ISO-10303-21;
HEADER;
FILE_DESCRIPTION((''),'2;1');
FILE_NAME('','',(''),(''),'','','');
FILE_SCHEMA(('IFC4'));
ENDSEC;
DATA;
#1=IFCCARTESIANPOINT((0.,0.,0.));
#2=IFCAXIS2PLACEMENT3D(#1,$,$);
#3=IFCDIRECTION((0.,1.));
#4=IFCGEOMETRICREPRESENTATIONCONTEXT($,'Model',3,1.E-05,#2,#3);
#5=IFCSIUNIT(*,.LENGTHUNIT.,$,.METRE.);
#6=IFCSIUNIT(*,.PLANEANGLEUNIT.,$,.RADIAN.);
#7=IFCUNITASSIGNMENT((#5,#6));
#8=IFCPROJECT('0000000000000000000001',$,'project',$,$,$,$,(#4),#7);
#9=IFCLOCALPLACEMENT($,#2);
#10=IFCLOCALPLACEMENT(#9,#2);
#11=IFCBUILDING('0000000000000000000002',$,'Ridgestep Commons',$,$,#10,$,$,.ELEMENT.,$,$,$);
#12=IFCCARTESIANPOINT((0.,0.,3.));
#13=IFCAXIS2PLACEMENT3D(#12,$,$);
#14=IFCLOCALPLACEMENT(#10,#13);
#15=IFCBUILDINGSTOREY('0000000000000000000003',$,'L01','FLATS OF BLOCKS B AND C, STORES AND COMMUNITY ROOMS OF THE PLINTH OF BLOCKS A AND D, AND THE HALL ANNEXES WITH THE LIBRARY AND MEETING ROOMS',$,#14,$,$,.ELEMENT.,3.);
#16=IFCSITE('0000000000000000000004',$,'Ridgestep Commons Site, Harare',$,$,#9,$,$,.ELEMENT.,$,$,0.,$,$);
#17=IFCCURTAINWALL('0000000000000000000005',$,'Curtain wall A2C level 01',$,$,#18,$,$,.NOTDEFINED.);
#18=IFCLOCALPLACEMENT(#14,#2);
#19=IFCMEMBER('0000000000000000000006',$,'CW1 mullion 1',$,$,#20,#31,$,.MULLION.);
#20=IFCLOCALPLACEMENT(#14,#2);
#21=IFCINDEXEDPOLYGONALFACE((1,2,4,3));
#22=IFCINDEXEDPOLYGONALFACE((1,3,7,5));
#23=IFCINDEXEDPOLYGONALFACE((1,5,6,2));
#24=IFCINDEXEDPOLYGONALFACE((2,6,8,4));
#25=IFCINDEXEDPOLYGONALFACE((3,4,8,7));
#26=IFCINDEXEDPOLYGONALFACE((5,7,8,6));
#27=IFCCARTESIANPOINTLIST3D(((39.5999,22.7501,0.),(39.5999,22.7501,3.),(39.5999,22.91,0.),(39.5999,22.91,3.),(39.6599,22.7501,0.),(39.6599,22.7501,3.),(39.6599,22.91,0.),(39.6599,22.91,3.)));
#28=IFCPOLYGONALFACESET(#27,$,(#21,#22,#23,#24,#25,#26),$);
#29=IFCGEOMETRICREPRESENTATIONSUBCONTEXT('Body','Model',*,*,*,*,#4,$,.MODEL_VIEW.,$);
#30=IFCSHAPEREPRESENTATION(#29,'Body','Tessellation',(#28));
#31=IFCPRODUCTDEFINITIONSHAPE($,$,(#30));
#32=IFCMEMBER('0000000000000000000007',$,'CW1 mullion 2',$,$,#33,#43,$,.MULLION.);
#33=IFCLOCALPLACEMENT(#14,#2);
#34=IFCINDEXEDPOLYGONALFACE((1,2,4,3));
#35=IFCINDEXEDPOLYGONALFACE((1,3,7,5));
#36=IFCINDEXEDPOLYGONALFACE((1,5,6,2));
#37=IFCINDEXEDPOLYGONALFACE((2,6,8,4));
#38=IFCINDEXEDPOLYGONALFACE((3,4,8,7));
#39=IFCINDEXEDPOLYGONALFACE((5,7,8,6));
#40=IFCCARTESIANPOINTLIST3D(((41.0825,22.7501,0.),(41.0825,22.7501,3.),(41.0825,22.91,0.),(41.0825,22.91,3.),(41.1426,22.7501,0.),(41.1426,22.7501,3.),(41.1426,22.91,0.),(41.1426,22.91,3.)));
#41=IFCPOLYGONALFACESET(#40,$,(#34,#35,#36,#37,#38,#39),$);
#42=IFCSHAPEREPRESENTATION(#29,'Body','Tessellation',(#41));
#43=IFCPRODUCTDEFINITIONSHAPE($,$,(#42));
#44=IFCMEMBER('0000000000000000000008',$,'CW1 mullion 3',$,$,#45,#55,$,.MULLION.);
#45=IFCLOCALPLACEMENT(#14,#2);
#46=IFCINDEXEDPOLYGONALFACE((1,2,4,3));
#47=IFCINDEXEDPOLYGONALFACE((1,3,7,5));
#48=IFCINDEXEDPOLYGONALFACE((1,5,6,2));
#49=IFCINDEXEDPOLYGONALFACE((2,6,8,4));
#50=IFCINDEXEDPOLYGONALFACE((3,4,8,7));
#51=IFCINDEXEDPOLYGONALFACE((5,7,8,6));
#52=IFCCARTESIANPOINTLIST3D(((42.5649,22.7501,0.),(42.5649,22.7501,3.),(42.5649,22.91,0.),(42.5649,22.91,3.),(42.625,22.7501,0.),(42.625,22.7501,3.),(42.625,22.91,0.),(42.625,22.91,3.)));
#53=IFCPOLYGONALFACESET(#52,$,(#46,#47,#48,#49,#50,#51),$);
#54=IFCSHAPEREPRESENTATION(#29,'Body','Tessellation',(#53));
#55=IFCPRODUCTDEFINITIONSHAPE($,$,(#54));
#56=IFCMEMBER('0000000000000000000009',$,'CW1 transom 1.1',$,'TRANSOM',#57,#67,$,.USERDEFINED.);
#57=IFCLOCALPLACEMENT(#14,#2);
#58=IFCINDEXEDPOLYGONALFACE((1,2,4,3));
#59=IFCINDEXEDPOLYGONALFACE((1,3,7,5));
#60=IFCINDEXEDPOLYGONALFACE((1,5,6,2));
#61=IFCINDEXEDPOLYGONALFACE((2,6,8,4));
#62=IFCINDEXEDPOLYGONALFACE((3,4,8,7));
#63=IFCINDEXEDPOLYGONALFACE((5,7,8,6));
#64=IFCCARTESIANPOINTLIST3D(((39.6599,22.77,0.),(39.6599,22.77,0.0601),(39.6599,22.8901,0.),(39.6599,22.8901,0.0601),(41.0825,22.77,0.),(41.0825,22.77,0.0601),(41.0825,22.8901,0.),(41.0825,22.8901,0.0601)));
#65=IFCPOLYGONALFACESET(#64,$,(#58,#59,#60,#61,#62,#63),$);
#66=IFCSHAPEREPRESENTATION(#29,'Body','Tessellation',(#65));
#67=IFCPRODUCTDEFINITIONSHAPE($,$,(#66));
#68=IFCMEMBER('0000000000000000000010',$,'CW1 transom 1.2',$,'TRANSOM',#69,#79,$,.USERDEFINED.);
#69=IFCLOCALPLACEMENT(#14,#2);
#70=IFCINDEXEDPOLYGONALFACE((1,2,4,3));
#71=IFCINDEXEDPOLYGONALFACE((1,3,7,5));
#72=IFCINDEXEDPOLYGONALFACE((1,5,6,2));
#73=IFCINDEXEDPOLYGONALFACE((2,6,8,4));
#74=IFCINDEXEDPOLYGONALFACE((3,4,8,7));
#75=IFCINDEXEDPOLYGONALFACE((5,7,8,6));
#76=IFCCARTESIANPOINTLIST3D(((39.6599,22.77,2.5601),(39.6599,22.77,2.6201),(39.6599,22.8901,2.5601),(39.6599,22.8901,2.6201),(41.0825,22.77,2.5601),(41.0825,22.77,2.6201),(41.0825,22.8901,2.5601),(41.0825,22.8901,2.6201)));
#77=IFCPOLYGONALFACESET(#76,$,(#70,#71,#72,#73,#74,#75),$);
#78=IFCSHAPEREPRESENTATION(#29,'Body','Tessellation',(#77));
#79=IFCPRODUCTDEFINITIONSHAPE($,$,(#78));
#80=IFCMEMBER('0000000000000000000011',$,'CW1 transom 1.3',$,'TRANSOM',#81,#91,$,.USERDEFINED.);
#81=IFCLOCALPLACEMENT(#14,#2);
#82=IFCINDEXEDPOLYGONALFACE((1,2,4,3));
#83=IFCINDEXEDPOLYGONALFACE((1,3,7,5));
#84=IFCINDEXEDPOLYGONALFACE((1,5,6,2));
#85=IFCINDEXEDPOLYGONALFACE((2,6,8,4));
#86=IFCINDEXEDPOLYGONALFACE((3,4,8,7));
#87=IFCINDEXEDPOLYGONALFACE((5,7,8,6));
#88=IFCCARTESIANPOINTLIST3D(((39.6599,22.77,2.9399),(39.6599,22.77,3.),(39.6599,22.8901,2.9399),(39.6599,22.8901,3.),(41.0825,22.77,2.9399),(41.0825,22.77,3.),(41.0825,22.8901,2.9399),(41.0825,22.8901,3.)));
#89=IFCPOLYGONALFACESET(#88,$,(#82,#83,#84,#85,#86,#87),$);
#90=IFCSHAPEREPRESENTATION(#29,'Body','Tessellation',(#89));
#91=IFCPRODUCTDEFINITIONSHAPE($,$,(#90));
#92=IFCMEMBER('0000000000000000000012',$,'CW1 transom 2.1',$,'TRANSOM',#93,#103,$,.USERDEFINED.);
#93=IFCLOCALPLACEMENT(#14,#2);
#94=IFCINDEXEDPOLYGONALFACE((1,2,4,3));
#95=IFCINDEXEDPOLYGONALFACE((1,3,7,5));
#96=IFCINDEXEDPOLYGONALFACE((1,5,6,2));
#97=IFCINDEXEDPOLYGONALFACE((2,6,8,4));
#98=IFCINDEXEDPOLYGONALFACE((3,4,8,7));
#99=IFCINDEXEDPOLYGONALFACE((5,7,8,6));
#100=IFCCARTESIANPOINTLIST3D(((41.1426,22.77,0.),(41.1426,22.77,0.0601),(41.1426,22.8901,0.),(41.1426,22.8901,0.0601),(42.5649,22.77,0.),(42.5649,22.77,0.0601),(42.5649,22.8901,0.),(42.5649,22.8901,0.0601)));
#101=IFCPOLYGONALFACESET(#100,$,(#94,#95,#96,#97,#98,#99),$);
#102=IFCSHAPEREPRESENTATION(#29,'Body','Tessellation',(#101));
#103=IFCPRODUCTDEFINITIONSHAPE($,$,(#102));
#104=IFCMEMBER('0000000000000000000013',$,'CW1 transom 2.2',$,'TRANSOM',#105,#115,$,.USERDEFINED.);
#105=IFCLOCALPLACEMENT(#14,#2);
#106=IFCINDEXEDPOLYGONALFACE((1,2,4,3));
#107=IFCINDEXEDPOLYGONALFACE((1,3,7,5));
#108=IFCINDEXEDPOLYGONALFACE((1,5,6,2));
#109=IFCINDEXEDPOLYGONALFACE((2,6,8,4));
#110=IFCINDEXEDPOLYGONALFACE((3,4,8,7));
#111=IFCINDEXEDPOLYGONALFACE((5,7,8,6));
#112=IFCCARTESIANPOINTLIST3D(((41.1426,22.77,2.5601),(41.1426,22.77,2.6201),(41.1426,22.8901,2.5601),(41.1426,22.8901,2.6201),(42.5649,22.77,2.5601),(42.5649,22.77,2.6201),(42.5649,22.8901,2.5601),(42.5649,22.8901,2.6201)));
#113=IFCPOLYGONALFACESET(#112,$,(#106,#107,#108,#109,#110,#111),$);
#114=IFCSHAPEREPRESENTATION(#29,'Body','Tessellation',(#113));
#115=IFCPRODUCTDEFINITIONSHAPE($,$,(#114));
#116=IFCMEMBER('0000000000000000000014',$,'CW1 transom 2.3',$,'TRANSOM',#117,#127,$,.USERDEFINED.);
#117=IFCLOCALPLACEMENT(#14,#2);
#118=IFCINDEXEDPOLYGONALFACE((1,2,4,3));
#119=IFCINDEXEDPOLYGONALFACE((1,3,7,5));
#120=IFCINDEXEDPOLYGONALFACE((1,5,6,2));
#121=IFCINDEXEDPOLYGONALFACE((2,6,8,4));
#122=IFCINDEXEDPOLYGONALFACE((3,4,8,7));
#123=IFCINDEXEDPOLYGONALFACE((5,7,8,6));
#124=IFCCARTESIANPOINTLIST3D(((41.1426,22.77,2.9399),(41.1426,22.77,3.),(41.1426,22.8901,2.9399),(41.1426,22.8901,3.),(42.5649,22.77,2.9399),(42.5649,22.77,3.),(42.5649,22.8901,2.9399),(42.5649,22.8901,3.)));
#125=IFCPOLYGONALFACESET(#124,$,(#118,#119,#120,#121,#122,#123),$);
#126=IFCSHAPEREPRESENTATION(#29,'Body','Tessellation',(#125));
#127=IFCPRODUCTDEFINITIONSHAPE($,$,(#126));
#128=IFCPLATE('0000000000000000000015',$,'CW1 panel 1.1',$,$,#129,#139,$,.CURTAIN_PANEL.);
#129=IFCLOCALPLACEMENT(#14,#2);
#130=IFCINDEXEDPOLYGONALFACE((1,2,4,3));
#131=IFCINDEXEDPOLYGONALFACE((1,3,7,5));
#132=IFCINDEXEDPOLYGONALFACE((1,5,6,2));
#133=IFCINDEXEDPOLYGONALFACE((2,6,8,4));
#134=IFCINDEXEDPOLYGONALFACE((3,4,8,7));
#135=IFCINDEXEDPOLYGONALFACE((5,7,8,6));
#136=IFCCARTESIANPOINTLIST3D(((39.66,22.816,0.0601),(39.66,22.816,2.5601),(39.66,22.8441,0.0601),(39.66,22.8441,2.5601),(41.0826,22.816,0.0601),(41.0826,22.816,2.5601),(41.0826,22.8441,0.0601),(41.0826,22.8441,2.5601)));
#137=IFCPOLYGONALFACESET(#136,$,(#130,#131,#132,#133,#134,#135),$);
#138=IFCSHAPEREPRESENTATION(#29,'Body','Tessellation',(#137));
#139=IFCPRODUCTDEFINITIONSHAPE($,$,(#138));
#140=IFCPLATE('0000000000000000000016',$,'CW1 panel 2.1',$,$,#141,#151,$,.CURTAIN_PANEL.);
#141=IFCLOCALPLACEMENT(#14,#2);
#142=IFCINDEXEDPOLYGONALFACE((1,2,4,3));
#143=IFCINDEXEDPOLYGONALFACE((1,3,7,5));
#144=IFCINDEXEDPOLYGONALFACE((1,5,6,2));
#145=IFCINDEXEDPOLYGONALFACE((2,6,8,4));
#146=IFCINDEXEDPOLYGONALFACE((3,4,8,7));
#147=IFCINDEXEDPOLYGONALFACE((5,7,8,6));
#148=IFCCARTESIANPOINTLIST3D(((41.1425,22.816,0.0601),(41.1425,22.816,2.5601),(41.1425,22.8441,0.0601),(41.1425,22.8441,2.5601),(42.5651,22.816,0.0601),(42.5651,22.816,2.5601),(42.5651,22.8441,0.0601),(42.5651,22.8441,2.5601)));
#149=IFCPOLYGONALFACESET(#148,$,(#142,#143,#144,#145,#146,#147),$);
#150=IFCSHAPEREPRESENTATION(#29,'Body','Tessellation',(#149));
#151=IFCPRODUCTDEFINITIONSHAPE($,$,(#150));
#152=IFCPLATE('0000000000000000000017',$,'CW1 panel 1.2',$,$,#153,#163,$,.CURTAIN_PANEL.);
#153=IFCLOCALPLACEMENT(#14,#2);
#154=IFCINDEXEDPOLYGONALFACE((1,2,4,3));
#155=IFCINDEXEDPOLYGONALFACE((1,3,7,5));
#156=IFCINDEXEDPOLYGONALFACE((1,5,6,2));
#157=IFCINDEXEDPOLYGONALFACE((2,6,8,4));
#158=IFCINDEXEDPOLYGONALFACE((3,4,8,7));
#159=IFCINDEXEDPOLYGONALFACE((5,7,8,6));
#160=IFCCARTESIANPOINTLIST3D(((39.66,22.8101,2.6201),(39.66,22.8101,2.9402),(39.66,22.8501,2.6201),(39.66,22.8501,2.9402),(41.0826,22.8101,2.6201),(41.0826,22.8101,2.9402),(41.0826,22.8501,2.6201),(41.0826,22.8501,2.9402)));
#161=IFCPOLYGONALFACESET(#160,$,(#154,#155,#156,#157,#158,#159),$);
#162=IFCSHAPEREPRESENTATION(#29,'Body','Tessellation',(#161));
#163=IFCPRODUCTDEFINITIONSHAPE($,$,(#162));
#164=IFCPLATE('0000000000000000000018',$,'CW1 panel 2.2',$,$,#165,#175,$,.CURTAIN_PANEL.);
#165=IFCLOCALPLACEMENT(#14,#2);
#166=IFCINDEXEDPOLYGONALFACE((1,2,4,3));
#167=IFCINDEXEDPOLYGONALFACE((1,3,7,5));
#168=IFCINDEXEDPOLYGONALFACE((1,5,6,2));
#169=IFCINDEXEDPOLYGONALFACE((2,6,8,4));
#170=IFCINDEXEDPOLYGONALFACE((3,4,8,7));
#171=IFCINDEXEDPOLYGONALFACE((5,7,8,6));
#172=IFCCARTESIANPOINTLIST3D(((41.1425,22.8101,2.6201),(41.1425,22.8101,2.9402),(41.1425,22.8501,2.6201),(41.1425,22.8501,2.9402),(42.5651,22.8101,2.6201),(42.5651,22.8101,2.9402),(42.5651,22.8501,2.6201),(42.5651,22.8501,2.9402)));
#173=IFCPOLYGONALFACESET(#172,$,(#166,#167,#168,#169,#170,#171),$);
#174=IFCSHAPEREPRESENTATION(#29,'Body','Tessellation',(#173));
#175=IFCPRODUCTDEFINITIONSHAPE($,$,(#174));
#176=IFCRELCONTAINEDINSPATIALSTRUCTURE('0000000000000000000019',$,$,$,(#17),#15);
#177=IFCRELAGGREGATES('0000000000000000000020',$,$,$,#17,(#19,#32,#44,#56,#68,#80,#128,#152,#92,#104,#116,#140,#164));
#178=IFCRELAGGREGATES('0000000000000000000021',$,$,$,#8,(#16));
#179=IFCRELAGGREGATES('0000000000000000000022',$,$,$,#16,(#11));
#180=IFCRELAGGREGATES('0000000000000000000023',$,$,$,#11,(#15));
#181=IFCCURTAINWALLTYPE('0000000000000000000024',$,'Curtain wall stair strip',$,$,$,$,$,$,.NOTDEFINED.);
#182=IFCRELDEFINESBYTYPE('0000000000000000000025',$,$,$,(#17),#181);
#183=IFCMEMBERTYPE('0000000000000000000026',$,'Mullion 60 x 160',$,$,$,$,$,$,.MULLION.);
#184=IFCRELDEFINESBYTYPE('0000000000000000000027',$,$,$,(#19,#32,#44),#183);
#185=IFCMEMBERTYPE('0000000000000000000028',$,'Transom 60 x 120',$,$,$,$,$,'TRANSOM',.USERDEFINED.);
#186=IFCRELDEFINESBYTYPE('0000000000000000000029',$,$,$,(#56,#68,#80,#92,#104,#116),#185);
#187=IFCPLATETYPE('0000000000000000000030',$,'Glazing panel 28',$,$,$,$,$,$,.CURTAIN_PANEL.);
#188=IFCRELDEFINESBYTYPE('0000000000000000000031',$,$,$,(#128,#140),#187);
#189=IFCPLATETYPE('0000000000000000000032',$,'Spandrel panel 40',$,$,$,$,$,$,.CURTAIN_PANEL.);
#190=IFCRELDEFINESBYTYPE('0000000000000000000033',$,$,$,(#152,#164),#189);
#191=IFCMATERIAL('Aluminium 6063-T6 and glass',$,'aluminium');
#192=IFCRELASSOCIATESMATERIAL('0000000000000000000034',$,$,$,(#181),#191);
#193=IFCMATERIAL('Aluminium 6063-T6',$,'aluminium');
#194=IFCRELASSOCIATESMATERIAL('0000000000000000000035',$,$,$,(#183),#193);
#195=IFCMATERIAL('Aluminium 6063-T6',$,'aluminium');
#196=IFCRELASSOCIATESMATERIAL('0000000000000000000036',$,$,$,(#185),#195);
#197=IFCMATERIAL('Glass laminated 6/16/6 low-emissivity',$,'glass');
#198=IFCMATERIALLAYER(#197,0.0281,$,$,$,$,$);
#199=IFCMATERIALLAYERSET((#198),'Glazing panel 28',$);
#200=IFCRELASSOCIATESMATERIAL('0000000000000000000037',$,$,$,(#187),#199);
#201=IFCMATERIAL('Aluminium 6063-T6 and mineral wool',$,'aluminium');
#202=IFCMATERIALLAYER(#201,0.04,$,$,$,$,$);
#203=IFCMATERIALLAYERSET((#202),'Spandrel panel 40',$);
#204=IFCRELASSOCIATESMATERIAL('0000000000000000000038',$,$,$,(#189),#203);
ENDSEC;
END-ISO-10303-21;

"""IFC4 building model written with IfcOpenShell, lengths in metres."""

from ifc_helpers import new_model, si_unit, direction, frame, origin, origin_2d, place, context, subcontext, project, spatial, rectangle, extrude, material, layer, layer_set, material_profile, profile_set, type_object, element, aggregate, save


model = new_model("IFC4")

# Units and contexts
model_context = context("Model", 3, precision=1e-05, world=origin(), true_north=direction((0.0, 1.0)))
body_context = subcontext(model_context, "Body", "Model", "MODEL_VIEW")
ifc_project = project(units=[si_unit("LENGTHUNIT", "METRE"), si_unit("PLANEANGLEUNIT", "RADIAN")], contexts=[model_context])

# Site, building, storey
site_placement = place(None, origin())
site = spatial("IfcSite", under=ifc_project, at=site_placement, Name="Ridgestep Commons Site, Harare", CompositionType="ELEMENT", RefElevation=0.0)
building_placement = place(site_placement, origin())
building = spatial("IfcBuilding", under=site, at=building_placement, Name="Ridgestep Commons", CompositionType="ELEMENT")
storey_placement = place(building_placement, frame((0.0, 0.0, 3.0)))
storey = spatial("IfcBuildingStorey", under=building, at=storey_placement, Name="L01", Description="FLATS OF BLOCKS B AND C, STORES AND COMMUNITY ROOMS OF THE PLINTH OF BLOCKS A AND D, AND THE HALL ANNEXES WITH THE LIBRARY AND MEETING ROOMS", CompositionType="ELEMENT", Elevation=3.0)

# Curtain wall, members, plates
ifc_material_1 = material(Name="Aluminium 6063-T6 and glass", Category="aluminium")
curtain_wall_type = type_object("IfcCurtainWallType", Name="Curtain wall stair strip", PredefinedType="NOTDEFINED", material=ifc_material_1)
curtain_wall_placement = place(storey_placement, origin())
curtain_wall = element("IfcCurtainWall", 1, at=curtain_wall_placement, inside=storey, type_object=curtain_wall_type, Name="Curtain wall A2C level 01", PredefinedType="NOTDEFINED")
ifc_material_2 = material(Name="Aluminium 6063-T6", Category="aluminium")
ifc_material_profile_1 = material_profile(ifc_material_2, rectangle(XDim=0.1599, YDim=0.0601, at=origin_2d()), Name="Mullion 60 x 160")
ifc_profile_set_1 = profile_set([ifc_material_profile_1], Name="Aluminium 6063-T6")
member_type_1 = type_object("IfcMemberType", Name="Mullion 60 x 160", PredefinedType="MULLION", material=ifc_profile_set_1)
member_1_placement = place(storey_placement, frame((39.6299, 22.8301, 0.0), z_axis=(0.0, 0.0, 1.0), x_axis=(0.0, 1.0, 0.0)))
member_1 = element("IfcMember", 2, at=member_1_placement, type_object=member_type_1, Name="CW1 mullion 1", PredefinedType="MULLION", context=body_context, shape_type="SweptSolid", body=[
    extrude(rectangle(XDim=0.1599, YDim=0.0601, at=origin_2d()), origin(), (0.0, 0.0, 1.0), 3.0),
])
member_2_placement = place(storey_placement, frame((41.1125, 22.8301, 0.0), z_axis=(0.0, 0.0, 1.0), x_axis=(0.0, 1.0, 0.0)))
member_2 = element("IfcMember", 3, at=member_2_placement, type_object=member_type_1, Name="CW1 mullion 2", PredefinedType="MULLION", context=body_context, shape_type="SweptSolid", body=[
    extrude(rectangle(XDim=0.1599, YDim=0.0601, at=origin_2d()), origin(), (0.0, 0.0, 1.0), 3.0),
])
member_3_placement = place(storey_placement, frame((42.595, 22.8301, 0.0), z_axis=(0.0, 0.0, 1.0), x_axis=(0.0, 1.0, 0.0)))
member_3 = element("IfcMember", 4, at=member_3_placement, type_object=member_type_1, Name="CW1 mullion 3", PredefinedType="MULLION", context=body_context, shape_type="SweptSolid", body=[
    extrude(rectangle(XDim=0.1599, YDim=0.0601, at=origin_2d()), origin(), (0.0, 0.0, 1.0), 3.0),
])
ifc_material_3 = material(Name="Aluminium 6063-T6", Category="aluminium")
ifc_material_profile_2 = material_profile(ifc_material_3, rectangle(XDim=0.1201, YDim=0.0601, at=origin_2d()), Name="Transom 60 x 120")
ifc_profile_set_2 = profile_set([ifc_material_profile_2], Name="Aluminium 6063-T6")
member_type_2 = type_object("IfcMemberType", Name="Transom 60 x 120", ElementType="TRANSOM", PredefinedType="USERDEFINED", material=ifc_profile_set_2)
member_4_placement = place(storey_placement, frame((39.6599, 22.8301, 0.03), z_axis=(1.0, 0.0, 0.0), x_axis=(0.0, 1.0, 0.0)))
member_4 = element("IfcMember", 5, at=member_4_placement, type_object=member_type_2, Name="CW1 transom 1.1", ObjectType="TRANSOM", PredefinedType="USERDEFINED", context=body_context, shape_type="SweptSolid", body=[
    extrude(rectangle(XDim=0.1201, YDim=0.0601, at=origin_2d()), origin(), (0.0, 0.0, 1.0), 1.4226),
])
member_5_placement = place(storey_placement, frame((39.6599, 22.8301, 2.5901), z_axis=(1.0, 0.0, 0.0), x_axis=(0.0, 1.0, 0.0)))
member_5 = element("IfcMember", 6, at=member_5_placement, type_object=member_type_2, Name="CW1 transom 1.2", ObjectType="TRANSOM", PredefinedType="USERDEFINED", context=body_context, shape_type="SweptSolid", body=[
    extrude(rectangle(XDim=0.1201, YDim=0.0601, at=origin_2d()), origin(), (0.0, 0.0, 1.0), 1.4226),
])
member_6_placement = place(storey_placement, frame((39.6599, 22.8301, 2.97), z_axis=(1.0, 0.0, 0.0), x_axis=(0.0, 1.0, 0.0)))
member_6 = element("IfcMember", 7, at=member_6_placement, type_object=member_type_2, Name="CW1 transom 1.3", ObjectType="TRANSOM", PredefinedType="USERDEFINED", context=body_context, shape_type="SweptSolid", body=[
    extrude(rectangle(XDim=0.1201, YDim=0.0601, at=origin_2d()), origin(), (0.0, 0.0, 1.0), 1.4226),
])
member_7_placement = place(storey_placement, frame((41.1426, 22.8301, 0.03), z_axis=(1.0, 0.0, 0.0), x_axis=(0.0, 1.0, 0.0)))
member_7 = element("IfcMember", 8, at=member_7_placement, type_object=member_type_2, Name="CW1 transom 2.1", ObjectType="TRANSOM", PredefinedType="USERDEFINED", context=body_context, shape_type="SweptSolid", body=[
    extrude(rectangle(XDim=0.1201, YDim=0.0601, at=origin_2d()), origin(), (0.0, 0.0, 1.0), 1.4224),
])
member_8_placement = place(storey_placement, frame((41.1426, 22.8301, 2.5901), z_axis=(1.0, 0.0, 0.0), x_axis=(0.0, 1.0, 0.0)))
member_8 = element("IfcMember", 9, at=member_8_placement, type_object=member_type_2, Name="CW1 transom 2.2", ObjectType="TRANSOM", PredefinedType="USERDEFINED", context=body_context, shape_type="SweptSolid", body=[
    extrude(rectangle(XDim=0.1201, YDim=0.0601, at=origin_2d()), origin(), (0.0, 0.0, 1.0), 1.4224),
])
member_9_placement = place(storey_placement, frame((41.1426, 22.8301, 2.97), z_axis=(1.0, 0.0, 0.0), x_axis=(0.0, 1.0, 0.0)))
member_9 = element("IfcMember", 10, at=member_9_placement, type_object=member_type_2, Name="CW1 transom 2.3", ObjectType="TRANSOM", PredefinedType="USERDEFINED", context=body_context, shape_type="SweptSolid", body=[
    extrude(rectangle(XDim=0.1201, YDim=0.0601, at=origin_2d()), origin(), (0.0, 0.0, 1.0), 1.4224),
])
ifc_material_4 = material(Name="Glass laminated 6/16/6 low-emissivity", Category="glass")
ifc_layer_1 = layer(ifc_material_4, 0.0281)
ifc_layer_set_1 = layer_set([ifc_layer_1], Name="Glazing panel 28")
plate_type_1 = type_object("IfcPlateType", Name="Glazing panel 28", PredefinedType="CURTAIN_PANEL", material=ifc_layer_set_1)
plate_1_placement = place(storey_placement, frame((40.3713, 22.8301, 0.0601), z_axis=(0.0, 0.0, 1.0), x_axis=(1.0, 0.0, 0.0)))
plate_1 = element("IfcPlate", 11, at=plate_1_placement, type_object=plate_type_1, Name="CW1 panel 1.1", PredefinedType="CURTAIN_PANEL", context=body_context, shape_type="SweptSolid", body=[
    extrude(rectangle(XDim=1.4226, YDim=0.0281, at=origin_2d()), origin(), (0.0, 0.0, 1.0), 2.5),
])
plate_2_placement = place(storey_placement, frame((41.8538, 22.8301, 0.0601), z_axis=(0.0, 0.0, 1.0), x_axis=(1.0, 0.0, 0.0)))
plate_2 = element("IfcPlate", 12, at=plate_2_placement, type_object=plate_type_1, Name="CW1 panel 2.1", PredefinedType="CURTAIN_PANEL", context=body_context, shape_type="SweptSolid", body=[
    extrude(rectangle(XDim=1.4226, YDim=0.0281, at=origin_2d()), origin(), (0.0, 0.0, 1.0), 2.5),
])
ifc_material_5 = material(Name="Aluminium 6063-T6 and mineral wool", Category="aluminium")
ifc_layer_2 = layer(ifc_material_5, 0.04)
ifc_layer_set_2 = layer_set([ifc_layer_2], Name="Spandrel panel 40")
plate_type_2 = type_object("IfcPlateType", Name="Spandrel panel 40", PredefinedType="CURTAIN_PANEL", material=ifc_layer_set_2)
plate_3_placement = place(storey_placement, frame((40.3713, 22.8301, 2.6201), z_axis=(0.0, 0.0, 1.0), x_axis=(1.0, 0.0, 0.0)))
plate_3 = element("IfcPlate", 13, at=plate_3_placement, type_object=plate_type_2, Name="CW1 panel 1.2", PredefinedType="CURTAIN_PANEL", context=body_context, shape_type="SweptSolid", body=[
    extrude(rectangle(XDim=1.4226, YDim=0.04, at=origin_2d()), origin(), (0.0, 0.0, 1.0), 0.3201),
])
plate_4_placement = place(storey_placement, frame((41.8538, 22.8301, 2.6201), z_axis=(0.0, 0.0, 1.0), x_axis=(1.0, 0.0, 0.0)))
plate_4 = element("IfcPlate", 14, at=plate_4_placement, type_object=plate_type_2, Name="CW1 panel 2.2", PredefinedType="CURTAIN_PANEL", context=body_context, shape_type="SweptSolid", body=[
    extrude(rectangle(XDim=1.4226, YDim=0.04, at=origin_2d()), origin(), (0.0, 0.0, 1.0), 0.3201),
])
aggregate(curtain_wall, [member_1, member_2, member_3, member_4, member_5, member_6, plate_1, plate_3, member_7, member_8, member_9, plate_2, plate_4])

save(model, "model.ifc")
